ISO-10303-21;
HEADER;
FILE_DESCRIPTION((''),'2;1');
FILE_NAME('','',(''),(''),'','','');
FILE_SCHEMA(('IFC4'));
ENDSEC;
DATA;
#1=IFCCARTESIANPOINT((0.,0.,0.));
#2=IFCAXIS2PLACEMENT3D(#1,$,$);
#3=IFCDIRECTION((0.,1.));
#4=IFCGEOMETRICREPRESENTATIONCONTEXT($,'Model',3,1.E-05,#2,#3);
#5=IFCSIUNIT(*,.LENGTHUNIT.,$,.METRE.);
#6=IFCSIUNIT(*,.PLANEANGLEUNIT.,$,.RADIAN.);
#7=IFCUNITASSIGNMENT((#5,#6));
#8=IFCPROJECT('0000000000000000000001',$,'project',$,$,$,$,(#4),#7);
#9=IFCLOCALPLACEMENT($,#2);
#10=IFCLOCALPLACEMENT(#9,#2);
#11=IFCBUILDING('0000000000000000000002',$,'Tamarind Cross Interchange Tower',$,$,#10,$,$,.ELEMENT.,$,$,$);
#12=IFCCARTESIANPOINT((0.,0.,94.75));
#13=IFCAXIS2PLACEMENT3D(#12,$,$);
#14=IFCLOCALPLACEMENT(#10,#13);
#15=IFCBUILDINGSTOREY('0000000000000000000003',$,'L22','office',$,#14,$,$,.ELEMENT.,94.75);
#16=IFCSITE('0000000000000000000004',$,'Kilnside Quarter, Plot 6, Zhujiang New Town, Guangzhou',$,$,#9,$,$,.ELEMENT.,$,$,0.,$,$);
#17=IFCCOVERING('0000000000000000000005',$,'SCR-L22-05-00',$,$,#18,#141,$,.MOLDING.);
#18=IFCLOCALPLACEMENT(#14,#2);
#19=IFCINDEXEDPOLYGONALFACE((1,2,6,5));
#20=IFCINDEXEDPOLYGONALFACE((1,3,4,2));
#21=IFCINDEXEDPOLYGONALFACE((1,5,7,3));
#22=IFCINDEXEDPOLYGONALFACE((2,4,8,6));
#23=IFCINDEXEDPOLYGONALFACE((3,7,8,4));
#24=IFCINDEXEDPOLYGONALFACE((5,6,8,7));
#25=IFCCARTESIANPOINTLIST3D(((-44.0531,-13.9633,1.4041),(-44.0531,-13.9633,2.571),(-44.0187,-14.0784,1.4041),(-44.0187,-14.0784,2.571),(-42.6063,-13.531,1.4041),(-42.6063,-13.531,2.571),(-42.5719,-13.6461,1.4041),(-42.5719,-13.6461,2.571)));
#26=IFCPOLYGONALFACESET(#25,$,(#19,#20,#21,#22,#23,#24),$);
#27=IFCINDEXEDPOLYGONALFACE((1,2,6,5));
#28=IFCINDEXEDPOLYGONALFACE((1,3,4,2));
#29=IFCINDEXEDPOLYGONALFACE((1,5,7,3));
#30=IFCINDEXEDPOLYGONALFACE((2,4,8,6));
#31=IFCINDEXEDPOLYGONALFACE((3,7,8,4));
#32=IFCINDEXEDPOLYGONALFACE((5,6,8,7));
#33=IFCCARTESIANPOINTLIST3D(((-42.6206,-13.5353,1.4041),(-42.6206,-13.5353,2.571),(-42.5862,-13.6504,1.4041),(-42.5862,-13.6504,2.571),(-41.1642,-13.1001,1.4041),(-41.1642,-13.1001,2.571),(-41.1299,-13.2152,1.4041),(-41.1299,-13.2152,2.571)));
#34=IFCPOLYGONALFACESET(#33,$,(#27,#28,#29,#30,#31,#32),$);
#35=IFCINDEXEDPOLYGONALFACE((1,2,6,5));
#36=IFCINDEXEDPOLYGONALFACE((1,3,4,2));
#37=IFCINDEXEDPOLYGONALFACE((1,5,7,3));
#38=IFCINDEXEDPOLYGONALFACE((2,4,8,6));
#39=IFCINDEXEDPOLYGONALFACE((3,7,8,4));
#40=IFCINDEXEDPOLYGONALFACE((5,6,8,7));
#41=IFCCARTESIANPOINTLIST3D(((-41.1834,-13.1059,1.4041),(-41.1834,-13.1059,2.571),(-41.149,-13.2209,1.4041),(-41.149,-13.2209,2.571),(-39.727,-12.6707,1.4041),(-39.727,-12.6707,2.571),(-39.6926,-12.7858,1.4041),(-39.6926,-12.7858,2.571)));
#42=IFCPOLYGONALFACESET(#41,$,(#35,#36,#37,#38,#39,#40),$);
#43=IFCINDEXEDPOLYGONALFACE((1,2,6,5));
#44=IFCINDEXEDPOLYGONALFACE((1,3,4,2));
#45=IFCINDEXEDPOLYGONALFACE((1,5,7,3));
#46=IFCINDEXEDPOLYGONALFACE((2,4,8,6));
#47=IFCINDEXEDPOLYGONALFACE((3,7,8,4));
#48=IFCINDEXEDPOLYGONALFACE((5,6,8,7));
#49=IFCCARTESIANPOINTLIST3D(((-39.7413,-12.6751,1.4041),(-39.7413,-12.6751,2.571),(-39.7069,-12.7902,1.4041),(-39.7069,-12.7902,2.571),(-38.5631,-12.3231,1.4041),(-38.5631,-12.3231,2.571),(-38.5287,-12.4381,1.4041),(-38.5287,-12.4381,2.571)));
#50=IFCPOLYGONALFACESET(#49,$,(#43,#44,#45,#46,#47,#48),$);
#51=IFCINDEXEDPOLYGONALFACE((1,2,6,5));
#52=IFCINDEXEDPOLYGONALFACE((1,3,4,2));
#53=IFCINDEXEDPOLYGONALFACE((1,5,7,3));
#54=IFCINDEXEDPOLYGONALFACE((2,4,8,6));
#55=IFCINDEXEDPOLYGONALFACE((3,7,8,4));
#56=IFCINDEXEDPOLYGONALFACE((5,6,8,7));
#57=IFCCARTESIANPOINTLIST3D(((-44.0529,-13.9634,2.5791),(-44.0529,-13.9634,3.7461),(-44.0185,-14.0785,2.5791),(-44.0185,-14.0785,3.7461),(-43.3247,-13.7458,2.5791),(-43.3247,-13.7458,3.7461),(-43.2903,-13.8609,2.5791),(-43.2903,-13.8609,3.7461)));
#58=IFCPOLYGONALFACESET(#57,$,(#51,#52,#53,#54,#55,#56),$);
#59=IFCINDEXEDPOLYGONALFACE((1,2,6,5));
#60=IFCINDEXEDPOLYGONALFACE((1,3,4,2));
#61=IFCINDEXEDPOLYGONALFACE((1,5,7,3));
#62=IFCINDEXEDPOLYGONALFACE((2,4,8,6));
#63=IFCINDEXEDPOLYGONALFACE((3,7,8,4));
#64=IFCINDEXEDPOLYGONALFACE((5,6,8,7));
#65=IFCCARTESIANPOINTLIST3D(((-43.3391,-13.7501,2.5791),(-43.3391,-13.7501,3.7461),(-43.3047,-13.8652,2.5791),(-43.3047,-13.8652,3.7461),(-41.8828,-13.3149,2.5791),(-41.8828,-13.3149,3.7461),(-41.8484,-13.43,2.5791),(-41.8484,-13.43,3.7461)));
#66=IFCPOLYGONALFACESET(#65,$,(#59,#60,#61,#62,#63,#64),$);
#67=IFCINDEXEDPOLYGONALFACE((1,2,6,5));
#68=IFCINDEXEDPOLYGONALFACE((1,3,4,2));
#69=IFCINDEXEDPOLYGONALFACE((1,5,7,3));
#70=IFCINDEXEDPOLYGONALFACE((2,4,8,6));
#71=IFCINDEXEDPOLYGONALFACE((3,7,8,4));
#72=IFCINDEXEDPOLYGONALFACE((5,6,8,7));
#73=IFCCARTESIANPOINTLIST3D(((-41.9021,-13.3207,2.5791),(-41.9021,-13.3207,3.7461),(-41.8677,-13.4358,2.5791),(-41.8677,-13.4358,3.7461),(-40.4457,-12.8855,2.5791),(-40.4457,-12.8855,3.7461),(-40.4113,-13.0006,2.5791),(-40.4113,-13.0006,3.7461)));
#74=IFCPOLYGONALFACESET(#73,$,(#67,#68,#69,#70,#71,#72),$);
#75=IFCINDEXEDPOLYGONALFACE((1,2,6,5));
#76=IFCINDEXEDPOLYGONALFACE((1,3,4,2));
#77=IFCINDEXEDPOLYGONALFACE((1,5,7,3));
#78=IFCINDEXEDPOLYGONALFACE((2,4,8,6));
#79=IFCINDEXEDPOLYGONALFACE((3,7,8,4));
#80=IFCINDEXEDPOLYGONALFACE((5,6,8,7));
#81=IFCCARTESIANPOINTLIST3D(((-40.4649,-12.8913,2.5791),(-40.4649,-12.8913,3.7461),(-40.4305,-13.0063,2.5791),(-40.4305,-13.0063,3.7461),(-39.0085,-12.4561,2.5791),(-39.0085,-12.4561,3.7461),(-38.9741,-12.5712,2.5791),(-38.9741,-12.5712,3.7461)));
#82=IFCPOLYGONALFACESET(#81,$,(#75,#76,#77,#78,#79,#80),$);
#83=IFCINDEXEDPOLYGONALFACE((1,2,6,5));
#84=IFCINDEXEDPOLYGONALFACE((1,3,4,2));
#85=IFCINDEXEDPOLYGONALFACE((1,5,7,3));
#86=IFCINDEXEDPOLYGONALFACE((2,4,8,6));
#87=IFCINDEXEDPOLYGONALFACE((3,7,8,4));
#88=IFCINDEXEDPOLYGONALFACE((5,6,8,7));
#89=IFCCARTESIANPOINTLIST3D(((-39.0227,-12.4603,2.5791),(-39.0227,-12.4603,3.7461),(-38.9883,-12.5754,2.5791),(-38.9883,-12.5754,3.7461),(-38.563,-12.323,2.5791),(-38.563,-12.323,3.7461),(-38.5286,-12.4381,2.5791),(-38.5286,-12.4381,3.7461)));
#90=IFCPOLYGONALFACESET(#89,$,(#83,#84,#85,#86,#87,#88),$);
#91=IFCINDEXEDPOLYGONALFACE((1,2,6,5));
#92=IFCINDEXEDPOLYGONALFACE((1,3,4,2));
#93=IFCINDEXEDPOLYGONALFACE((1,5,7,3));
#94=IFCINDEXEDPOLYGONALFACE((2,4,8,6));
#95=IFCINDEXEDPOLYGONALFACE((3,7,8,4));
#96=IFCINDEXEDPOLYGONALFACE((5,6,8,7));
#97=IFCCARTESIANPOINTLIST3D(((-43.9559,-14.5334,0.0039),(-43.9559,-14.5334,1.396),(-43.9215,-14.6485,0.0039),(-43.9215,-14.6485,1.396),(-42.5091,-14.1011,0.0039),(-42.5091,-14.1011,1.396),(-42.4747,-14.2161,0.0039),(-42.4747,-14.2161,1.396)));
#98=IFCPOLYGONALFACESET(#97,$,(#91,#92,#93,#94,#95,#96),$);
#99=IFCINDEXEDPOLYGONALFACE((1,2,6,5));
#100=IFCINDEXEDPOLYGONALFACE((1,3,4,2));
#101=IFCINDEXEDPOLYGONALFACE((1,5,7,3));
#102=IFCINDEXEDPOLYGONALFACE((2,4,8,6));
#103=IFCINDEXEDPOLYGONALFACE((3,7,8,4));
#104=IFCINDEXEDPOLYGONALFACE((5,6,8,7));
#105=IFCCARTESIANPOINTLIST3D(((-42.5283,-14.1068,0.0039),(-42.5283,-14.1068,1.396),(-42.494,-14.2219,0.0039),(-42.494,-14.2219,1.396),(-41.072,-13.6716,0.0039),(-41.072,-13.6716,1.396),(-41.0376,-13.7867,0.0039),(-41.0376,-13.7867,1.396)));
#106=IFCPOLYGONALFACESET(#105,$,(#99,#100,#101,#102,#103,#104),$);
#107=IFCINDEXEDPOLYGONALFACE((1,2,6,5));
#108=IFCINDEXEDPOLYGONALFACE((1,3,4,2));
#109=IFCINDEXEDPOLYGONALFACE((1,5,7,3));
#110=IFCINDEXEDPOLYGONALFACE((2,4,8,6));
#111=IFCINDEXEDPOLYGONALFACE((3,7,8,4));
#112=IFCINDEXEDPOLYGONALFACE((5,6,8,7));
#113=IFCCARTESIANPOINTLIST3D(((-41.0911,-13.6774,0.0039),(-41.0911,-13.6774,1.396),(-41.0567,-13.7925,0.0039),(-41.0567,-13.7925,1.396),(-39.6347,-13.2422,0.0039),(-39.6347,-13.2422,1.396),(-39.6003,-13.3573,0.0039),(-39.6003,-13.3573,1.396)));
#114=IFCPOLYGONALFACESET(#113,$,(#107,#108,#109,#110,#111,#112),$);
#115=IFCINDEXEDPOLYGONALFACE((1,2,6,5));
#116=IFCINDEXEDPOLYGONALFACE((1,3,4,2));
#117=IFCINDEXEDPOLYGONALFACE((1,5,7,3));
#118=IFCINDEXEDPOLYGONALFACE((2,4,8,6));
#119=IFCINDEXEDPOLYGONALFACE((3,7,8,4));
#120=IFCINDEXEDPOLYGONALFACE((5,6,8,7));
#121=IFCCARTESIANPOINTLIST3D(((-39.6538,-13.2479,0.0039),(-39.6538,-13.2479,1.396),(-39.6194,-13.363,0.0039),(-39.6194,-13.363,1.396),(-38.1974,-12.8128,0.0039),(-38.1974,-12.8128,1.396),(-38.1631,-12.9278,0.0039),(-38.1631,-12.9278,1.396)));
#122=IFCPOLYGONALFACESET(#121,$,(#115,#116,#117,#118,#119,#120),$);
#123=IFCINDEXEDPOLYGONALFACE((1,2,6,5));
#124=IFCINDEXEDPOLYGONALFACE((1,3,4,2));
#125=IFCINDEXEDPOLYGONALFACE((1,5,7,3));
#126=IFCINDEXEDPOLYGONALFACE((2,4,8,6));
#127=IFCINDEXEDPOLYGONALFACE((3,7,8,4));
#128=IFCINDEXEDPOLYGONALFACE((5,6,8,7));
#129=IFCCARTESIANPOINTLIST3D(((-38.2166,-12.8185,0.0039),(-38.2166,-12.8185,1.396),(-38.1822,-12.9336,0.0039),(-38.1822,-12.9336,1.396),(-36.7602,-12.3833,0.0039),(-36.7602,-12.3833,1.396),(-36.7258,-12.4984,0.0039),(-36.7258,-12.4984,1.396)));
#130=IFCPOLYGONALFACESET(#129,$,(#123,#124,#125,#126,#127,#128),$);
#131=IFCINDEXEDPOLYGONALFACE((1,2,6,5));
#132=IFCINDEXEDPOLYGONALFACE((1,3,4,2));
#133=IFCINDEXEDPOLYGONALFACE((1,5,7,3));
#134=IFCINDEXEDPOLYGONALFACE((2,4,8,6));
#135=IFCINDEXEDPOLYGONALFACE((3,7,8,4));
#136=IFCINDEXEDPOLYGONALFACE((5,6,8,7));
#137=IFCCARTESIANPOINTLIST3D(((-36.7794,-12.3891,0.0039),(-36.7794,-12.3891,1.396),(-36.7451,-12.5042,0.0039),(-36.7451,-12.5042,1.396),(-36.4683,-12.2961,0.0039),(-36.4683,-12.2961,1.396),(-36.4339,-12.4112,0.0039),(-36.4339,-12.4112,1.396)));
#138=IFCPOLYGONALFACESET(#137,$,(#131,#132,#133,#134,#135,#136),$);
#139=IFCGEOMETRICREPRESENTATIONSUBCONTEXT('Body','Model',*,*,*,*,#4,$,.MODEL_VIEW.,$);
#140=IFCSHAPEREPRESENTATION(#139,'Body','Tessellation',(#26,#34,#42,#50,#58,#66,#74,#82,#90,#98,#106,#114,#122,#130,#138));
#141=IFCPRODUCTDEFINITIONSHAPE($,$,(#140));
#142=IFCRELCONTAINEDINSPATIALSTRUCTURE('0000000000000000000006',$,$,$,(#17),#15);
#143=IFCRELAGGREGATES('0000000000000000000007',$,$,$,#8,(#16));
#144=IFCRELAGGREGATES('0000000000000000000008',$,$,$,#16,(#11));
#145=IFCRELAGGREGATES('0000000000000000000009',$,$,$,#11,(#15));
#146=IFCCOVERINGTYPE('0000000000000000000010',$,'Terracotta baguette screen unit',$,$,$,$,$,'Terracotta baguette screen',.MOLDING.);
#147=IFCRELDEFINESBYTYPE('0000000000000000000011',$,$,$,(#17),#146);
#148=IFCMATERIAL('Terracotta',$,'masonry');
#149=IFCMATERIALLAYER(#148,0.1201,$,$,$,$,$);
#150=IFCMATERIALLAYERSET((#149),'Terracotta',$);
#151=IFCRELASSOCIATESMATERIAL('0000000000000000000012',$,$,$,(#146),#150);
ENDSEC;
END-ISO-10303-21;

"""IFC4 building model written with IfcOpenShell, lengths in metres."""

from ifc_helpers import new_model, si_unit, direction, frame, origin, origin_2d, place, context, subcontext, project, spatial, rectangle, extrude, material, layer, layer_set, type_object, element, save


model = new_model("IFC4")

# Units and contexts
model_context = context("Model", 3, precision=1e-05, world=origin(), true_north=direction((0.0, 1.0)))
body_context = subcontext(model_context, "Body", "Model", "MODEL_VIEW")
ifc_project = project(units=[si_unit("LENGTHUNIT", "METRE"), si_unit("PLANEANGLEUNIT", "RADIAN")], contexts=[model_context])

# Site, building, storey
site_placement = place(None, origin())
site = spatial("IfcSite", under=ifc_project, at=site_placement, Name="Kilnside Quarter, Plot 6, Zhujiang New Town, Guangzhou", CompositionType="ELEMENT", RefElevation=0.0)
building_placement = place(site_placement, origin())
building = spatial("IfcBuilding", under=site, at=building_placement, Name="Tamarind Cross Interchange Tower", CompositionType="ELEMENT")
storey_placement = place(building_placement, frame((0.0, 0.0, 94.75)))
storey = spatial("IfcBuildingStorey", under=building, at=storey_placement, Name="L22", Description="office", CompositionType="ELEMENT", Elevation=94.75)

# Covering
ifc_material_1 = material(Name="Terracotta", Category="masonry")
ifc_layer_1 = layer(ifc_material_1, 0.1201)
ifc_layer_set_1 = layer_set([ifc_layer_1], Name="Terracotta")
covering_type = type_object("IfcCoveringType", Name="Terracotta baguette screen unit", ElementType="Terracotta baguette screen", PredefinedType="MOLDING", material=ifc_layer_set_1)
covering_1_placement = place(storey_placement, origin())
element("IfcCovering", 1, at=covering_1_placement, inside=storey, type_object=covering_type, Name="SCR-L22-05-00", PredefinedType="MOLDING", context=body_context, shape_type="SweptSolid", body=[
    extrude(rectangle(XDim=1.51, YDim=0.1201, at=origin_2d()), frame((-43.3125, -13.8047, 1.4041), z_axis=(0.0, 0.0, 1.0), x_axis=(0.958139, 0.286304, 0.0)), (0.0, 0.0, 1.0), 1.167),
    extrude(rectangle(XDim=1.52, YDim=0.1201, at=origin_2d()), frame((-41.8752, -13.3752, 1.4041), z_axis=(0.0, 0.0, 1.0), x_axis=(0.958139, 0.286304, 0.0)), (0.0, 0.0, 1.0), 1.167),
    extrude(rectangle(XDim=1.52, YDim=0.1201, at=origin_2d()), frame((-40.438, -12.9458, 1.4041), z_axis=(0.0, 0.0, 1.0), x_axis=(0.958139, 0.286304, 0.0)), (0.0, 0.0, 1.0), 1.167),
    extrude(rectangle(XDim=1.2297, YDim=0.1201, at=origin_2d()), frame((-39.135, -12.5566, 1.4041), z_axis=(0.0, 0.0, 1.0), x_axis=(0.958139, 0.286304, 0.0)), (0.0, 0.0, 1.0), 1.167),
    extrude(rectangle(XDim=0.76, YDim=0.1201, at=origin_2d()), frame((-43.6716, -13.9121, 2.5791), z_axis=(0.0, 0.0, 1.0), x_axis=(0.958139, 0.286304, 0.0)), (0.0, 0.0, 1.0), 1.167),
    extrude(rectangle(XDim=1.52, YDim=0.1201, at=origin_2d()), frame((-42.5938, -13.5901, 2.5791), z_axis=(0.0, 0.0, 1.0), x_axis=(0.958139, 0.286304, 0.0)), (0.0, 0.0, 1.0), 1.167),
    extrude(rectangle(XDim=1.52, YDim=0.1201, at=origin_2d()), frame((-41.1567, -13.1606, 2.5791), z_axis=(0.0, 0.0, 1.0), x_axis=(0.958139, 0.286304, 0.0)), (0.0, 0.0, 1.0), 1.167),
    extrude(rectangle(XDim=1.52, YDim=0.1201, at=origin_2d()), frame((-39.7195, -12.7312, 2.5791), z_axis=(0.0, 0.0, 1.0), x_axis=(0.958139, 0.286304, 0.0)), (0.0, 0.0, 1.0), 1.167),
    extrude(rectangle(XDim=0.4797, YDim=0.1201, at=origin_2d()), frame((-38.7756, -12.4492, 2.5791), z_axis=(0.0, 0.0, 1.0), x_axis=(0.958139, 0.286304, 0.0)), (0.0, 0.0, 1.0), 1.167),
    extrude(rectangle(XDim=1.51, YDim=0.1201, at=origin_2d()), frame((-43.2153, -14.3748, 0.0039), z_axis=(0.0, 0.0, 1.0), x_axis=(0.958139, 0.286304, 0.0)), (0.0, 0.0, 1.0), 1.3921),
    extrude(rectangle(XDim=1.52, YDim=0.1201, at=origin_2d()), frame((-41.783, -13.9468, 0.0039), z_axis=(0.0, 0.0, 1.0), x_axis=(0.958139, 0.286304, 0.0)), (0.0, 0.0, 1.0), 1.3921),
    extrude(rectangle(XDim=1.52, YDim=0.1201, at=origin_2d()), frame((-40.3457, -13.5173, 0.0039), z_axis=(0.0, 0.0, 1.0), x_axis=(0.958139, 0.286304, 0.0)), (0.0, 0.0, 1.0), 1.3921),
    extrude(rectangle(XDim=1.52, YDim=0.1201, at=origin_2d()), frame((-38.9084, -13.0879, 0.0039), z_axis=(0.0, 0.0, 1.0), x_axis=(0.958139, 0.286304, 0.0)), (0.0, 0.0, 1.0), 1.3921),
    extrude(rectangle(XDim=1.52, YDim=0.1201, at=origin_2d()), frame((-37.4712, -12.6584, 0.0039), z_axis=(0.0, 0.0, 1.0), x_axis=(0.958139, 0.286304, 0.0)), (0.0, 0.0, 1.0), 1.3921),
    extrude(rectangle(XDim=0.3247, YDim=0.1201, at=origin_2d()), frame((-36.6067, -12.4001, 0.0039), z_axis=(0.0, 0.0, 1.0), x_axis=(0.958139, 0.286304, 0.0)), (0.0, 0.0, 1.0), 1.3921),
])

save(model, "model.ifc")
